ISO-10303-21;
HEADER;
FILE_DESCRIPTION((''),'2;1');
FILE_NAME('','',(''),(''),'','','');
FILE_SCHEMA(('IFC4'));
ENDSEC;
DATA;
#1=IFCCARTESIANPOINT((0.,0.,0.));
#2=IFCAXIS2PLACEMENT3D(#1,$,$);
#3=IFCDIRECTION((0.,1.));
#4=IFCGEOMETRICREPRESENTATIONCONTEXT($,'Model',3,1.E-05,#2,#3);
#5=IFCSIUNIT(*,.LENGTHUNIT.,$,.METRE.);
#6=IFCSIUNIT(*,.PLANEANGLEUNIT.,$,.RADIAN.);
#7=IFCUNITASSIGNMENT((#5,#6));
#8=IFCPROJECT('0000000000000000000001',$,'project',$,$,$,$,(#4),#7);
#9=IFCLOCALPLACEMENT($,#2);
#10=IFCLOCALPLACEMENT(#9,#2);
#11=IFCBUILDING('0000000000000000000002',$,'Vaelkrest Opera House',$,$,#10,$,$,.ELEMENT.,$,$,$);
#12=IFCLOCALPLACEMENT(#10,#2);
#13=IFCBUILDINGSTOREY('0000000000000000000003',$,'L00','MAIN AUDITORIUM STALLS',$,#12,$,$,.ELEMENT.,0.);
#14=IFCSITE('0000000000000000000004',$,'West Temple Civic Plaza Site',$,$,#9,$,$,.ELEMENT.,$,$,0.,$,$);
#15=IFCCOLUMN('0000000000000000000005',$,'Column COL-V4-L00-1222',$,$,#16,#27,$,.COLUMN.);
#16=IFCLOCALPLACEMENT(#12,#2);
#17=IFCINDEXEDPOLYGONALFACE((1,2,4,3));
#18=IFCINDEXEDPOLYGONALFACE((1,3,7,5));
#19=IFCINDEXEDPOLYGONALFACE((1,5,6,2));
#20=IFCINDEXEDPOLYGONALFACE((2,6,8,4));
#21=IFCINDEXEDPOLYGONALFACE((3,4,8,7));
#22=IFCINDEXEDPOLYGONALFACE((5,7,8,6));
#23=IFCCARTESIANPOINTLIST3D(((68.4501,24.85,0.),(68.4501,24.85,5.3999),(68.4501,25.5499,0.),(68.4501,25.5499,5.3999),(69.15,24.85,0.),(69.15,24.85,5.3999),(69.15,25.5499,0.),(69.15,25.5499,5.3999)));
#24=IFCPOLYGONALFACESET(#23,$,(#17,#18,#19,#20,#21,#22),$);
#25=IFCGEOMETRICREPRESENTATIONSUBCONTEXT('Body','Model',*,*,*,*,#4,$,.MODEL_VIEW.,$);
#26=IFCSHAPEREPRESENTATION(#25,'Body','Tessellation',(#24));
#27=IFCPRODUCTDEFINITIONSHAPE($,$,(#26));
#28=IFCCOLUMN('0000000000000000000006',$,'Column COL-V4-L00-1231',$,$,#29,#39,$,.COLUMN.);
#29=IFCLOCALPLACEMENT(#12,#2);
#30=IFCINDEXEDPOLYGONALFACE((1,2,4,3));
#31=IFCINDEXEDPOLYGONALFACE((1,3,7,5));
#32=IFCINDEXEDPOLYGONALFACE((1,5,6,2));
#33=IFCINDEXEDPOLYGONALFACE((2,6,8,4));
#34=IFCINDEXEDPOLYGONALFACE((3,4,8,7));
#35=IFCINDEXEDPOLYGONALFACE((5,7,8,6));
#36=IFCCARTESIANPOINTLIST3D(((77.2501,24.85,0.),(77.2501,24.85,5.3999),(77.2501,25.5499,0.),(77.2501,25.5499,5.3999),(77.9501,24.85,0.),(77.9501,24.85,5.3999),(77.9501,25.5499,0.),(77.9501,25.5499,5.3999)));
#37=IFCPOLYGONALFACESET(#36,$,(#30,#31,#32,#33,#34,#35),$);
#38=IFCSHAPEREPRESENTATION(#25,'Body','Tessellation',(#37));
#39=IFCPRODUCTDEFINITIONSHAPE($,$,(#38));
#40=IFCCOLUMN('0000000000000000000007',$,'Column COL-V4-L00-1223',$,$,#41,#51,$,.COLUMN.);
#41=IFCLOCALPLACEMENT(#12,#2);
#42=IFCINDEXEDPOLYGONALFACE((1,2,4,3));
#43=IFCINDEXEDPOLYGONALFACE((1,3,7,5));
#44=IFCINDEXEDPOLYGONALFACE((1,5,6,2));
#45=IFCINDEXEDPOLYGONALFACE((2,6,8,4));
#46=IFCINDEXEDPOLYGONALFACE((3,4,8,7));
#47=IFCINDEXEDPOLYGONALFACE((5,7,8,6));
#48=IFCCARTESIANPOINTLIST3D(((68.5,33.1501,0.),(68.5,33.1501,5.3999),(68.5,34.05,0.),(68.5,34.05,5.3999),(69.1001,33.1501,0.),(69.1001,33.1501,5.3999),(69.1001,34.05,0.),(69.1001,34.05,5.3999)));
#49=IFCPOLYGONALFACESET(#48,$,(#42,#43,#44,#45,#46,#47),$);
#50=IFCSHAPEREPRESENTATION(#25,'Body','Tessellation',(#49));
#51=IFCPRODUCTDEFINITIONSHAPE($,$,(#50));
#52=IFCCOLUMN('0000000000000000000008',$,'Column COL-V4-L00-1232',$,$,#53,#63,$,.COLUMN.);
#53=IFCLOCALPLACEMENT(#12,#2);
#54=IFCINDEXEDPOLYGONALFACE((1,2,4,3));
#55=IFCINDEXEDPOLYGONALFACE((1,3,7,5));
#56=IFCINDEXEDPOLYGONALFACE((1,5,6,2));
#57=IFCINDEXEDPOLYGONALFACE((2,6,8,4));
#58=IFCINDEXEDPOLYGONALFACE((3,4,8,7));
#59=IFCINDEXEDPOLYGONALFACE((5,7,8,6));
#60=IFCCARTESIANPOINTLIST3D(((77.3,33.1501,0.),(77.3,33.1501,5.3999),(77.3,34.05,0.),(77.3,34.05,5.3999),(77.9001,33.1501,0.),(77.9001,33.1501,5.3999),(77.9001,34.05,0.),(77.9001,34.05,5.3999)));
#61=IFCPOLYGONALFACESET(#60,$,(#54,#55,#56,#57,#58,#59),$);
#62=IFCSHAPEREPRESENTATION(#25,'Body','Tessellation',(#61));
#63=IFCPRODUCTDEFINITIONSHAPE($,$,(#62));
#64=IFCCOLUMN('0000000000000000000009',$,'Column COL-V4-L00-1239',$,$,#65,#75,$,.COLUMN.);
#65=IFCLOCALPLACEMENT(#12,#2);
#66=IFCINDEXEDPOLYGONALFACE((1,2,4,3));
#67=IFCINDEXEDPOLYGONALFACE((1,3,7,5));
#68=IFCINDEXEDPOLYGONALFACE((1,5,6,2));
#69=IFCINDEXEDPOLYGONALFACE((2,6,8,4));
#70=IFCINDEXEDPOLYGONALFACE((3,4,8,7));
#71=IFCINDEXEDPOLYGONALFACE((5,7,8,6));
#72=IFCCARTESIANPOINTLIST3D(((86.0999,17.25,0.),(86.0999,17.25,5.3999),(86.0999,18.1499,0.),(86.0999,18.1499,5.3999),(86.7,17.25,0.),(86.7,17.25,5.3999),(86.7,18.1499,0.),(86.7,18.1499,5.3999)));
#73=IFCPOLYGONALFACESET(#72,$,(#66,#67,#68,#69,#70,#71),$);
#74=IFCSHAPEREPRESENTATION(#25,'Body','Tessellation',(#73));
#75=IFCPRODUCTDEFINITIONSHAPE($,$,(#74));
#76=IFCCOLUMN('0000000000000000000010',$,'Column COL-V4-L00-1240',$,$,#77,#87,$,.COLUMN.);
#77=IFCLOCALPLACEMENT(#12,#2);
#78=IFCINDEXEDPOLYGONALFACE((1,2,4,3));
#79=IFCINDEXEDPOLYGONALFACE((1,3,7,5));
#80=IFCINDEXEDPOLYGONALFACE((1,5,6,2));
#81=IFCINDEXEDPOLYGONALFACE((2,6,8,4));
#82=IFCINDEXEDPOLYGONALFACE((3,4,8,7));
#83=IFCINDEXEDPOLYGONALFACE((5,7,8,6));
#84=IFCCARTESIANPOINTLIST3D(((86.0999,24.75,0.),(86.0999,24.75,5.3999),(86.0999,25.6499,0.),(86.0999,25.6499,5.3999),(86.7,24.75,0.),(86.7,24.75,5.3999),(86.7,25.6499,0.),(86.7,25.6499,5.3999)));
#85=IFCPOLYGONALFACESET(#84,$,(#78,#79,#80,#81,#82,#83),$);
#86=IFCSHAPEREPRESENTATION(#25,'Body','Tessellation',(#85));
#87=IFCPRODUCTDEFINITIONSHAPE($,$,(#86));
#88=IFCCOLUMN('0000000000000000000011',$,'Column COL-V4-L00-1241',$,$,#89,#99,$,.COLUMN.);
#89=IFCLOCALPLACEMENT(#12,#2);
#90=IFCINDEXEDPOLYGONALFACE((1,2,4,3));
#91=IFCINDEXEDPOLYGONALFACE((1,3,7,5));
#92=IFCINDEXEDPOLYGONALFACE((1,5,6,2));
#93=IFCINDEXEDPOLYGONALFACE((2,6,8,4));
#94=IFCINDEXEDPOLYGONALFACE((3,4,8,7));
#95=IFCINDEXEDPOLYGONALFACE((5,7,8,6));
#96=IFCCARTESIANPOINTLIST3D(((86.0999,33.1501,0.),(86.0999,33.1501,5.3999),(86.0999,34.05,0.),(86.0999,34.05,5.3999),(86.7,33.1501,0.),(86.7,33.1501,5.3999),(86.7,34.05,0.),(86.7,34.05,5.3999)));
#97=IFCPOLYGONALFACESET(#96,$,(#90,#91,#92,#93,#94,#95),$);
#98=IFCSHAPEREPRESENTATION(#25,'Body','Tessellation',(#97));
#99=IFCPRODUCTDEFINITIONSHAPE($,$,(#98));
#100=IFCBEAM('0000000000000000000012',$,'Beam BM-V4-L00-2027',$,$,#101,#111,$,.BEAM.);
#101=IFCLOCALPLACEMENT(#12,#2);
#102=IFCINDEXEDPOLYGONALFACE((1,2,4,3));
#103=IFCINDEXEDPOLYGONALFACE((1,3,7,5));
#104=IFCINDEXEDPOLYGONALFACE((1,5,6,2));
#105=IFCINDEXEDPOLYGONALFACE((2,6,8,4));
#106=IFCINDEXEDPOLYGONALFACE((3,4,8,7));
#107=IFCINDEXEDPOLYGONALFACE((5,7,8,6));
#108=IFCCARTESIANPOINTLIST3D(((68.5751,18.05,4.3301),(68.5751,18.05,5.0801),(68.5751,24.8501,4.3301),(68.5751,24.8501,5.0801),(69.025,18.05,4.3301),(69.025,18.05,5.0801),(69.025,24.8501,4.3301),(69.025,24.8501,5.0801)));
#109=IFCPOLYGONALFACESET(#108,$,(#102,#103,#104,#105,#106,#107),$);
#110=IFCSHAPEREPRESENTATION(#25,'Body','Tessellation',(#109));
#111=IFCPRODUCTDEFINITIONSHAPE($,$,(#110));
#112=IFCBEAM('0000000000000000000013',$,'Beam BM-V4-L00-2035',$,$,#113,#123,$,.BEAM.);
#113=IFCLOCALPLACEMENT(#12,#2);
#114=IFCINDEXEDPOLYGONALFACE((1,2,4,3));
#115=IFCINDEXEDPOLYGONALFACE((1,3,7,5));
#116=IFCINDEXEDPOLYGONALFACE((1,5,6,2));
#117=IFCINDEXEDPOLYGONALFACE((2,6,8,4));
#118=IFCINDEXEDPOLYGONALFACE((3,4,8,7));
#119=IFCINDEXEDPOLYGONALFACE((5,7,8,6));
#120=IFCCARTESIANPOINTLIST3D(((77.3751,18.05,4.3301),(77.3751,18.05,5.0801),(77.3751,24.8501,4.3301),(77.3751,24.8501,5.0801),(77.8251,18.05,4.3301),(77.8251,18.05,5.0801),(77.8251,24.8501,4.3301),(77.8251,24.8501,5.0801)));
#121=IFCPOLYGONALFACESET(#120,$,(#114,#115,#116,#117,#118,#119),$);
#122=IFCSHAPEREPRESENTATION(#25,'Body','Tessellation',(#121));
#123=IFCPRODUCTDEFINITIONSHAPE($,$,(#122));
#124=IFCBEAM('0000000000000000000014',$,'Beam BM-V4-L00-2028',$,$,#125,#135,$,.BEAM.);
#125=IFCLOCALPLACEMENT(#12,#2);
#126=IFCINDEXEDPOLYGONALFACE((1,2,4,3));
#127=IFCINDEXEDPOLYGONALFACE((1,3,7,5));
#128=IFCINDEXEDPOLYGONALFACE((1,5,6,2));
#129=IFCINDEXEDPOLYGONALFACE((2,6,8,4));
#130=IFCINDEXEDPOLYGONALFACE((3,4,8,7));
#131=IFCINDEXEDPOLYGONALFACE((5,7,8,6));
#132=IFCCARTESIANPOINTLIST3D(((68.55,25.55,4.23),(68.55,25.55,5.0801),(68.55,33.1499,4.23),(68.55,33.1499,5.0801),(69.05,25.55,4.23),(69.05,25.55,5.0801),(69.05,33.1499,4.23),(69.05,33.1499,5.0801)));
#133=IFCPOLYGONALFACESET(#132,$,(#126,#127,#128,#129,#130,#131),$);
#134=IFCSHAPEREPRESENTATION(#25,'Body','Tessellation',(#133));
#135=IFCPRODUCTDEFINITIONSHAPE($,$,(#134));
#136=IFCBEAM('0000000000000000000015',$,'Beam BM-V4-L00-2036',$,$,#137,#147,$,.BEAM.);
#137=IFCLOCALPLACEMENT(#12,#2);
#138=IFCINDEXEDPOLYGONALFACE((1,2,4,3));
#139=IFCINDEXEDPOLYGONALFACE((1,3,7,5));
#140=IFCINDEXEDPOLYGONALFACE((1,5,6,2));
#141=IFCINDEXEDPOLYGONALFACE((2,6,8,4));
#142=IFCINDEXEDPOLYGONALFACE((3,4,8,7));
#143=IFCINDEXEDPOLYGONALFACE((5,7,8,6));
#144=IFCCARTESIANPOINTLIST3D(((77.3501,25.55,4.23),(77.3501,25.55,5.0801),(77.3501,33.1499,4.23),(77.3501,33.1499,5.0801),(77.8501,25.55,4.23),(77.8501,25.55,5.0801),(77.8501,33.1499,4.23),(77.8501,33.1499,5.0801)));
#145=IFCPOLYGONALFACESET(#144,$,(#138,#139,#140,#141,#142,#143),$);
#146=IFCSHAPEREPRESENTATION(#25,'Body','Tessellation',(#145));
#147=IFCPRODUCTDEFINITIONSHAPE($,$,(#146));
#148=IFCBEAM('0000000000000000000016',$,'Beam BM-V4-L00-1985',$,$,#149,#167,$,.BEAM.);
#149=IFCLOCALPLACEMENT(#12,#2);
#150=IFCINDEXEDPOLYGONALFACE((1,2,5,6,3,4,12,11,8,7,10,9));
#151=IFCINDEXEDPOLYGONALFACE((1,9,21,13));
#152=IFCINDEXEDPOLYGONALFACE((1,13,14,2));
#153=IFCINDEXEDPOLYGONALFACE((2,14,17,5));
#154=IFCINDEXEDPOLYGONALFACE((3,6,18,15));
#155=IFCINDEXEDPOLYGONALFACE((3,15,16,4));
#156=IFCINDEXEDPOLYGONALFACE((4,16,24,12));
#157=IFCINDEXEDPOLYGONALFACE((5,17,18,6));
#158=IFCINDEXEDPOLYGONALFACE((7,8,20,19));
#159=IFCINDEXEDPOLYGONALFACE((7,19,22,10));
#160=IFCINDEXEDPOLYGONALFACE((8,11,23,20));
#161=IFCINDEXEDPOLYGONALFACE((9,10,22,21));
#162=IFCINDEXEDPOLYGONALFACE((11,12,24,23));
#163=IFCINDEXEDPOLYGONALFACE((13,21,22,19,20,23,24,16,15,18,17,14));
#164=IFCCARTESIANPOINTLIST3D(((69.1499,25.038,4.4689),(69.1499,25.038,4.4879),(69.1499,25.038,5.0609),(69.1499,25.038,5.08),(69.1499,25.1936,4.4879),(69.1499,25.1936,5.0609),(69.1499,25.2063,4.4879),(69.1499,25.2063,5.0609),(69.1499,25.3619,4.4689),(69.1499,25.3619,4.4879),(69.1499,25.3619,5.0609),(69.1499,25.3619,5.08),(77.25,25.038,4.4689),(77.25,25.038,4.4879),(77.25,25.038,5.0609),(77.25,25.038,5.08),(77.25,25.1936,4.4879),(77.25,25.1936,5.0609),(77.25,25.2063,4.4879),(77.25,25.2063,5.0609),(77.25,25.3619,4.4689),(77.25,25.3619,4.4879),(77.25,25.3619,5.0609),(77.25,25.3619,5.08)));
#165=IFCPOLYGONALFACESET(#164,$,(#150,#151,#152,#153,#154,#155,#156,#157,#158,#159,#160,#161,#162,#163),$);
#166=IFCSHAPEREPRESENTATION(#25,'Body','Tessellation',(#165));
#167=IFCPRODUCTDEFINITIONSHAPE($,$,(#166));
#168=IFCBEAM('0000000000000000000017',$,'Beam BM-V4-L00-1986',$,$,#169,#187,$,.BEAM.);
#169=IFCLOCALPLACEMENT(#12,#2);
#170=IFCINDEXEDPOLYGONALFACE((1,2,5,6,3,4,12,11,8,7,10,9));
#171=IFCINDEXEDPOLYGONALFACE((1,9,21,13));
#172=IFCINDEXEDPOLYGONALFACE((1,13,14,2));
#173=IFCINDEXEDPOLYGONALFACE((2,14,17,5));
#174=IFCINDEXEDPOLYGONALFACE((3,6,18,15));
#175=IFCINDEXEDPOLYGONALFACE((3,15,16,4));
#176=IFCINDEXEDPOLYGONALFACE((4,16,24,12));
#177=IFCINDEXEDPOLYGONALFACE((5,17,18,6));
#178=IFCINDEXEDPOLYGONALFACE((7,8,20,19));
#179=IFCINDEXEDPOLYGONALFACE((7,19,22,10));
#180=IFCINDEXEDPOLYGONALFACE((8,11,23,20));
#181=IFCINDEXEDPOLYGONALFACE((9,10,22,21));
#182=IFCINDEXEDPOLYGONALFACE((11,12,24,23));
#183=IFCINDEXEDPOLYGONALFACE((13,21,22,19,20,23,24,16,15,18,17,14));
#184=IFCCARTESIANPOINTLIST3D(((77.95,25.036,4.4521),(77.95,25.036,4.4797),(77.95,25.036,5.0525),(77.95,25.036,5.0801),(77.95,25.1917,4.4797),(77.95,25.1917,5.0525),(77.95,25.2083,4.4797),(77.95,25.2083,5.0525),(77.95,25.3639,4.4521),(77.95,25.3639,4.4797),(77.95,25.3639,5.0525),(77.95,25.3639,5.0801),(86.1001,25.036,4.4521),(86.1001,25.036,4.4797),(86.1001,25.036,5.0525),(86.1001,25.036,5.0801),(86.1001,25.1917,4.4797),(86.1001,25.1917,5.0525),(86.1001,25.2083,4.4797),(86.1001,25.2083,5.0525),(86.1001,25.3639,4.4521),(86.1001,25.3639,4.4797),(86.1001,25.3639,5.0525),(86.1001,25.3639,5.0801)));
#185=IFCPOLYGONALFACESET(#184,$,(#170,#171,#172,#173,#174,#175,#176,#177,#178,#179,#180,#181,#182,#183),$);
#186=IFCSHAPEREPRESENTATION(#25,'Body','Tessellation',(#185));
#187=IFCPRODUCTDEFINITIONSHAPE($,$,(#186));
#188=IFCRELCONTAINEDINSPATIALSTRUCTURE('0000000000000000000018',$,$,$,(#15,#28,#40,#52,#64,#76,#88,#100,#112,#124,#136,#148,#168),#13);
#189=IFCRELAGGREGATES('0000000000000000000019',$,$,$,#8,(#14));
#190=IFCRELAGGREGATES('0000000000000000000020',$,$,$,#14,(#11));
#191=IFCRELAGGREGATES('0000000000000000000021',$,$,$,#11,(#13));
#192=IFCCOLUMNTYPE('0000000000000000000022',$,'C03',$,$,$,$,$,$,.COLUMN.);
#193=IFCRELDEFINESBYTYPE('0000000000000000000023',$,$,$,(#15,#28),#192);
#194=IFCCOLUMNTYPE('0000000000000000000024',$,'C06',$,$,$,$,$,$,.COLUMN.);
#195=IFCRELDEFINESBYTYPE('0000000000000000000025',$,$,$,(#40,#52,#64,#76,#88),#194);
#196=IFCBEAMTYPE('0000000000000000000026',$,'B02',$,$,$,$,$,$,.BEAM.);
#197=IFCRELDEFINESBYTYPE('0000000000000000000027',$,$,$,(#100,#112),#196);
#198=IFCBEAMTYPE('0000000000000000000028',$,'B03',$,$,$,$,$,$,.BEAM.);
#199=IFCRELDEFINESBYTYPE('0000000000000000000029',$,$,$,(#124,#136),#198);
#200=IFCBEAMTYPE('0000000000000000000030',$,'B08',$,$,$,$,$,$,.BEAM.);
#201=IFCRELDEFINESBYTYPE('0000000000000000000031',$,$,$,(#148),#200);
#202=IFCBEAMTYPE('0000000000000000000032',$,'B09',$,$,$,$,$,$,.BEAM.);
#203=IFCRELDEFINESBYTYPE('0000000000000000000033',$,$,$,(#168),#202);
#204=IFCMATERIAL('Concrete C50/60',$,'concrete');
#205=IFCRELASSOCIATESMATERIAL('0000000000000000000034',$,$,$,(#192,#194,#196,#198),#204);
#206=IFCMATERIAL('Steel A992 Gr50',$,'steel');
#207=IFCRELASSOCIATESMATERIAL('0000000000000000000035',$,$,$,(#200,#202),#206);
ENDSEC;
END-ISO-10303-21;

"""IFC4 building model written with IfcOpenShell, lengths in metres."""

from ifc_helpers import new_model, si_unit, direction, frame, origin, origin_2d, place, context, subcontext, project, spatial, rectangle, i_section, extrude, material, material_profile, profile_set, type_object, element, save


model = new_model("IFC4")

# Units and contexts
model_context = context("Model", 3, precision=1e-05, world=origin(), true_north=direction((0.0, 1.0)))
body_context = subcontext(model_context, "Body", "Model", "MODEL_VIEW")
ifc_project = project(units=[si_unit("LENGTHUNIT", "METRE"), si_unit("PLANEANGLEUNIT", "RADIAN")], contexts=[model_context])

# Site, building, storey
site_placement = place(None, origin())
site = spatial("IfcSite", under=ifc_project, at=site_placement, Name="West Temple Civic Plaza Site", CompositionType="ELEMENT", RefElevation=0.0)
building_placement = place(site_placement, origin())
building = spatial("IfcBuilding", under=site, at=building_placement, Name="Vaelkrest Opera House", CompositionType="ELEMENT")
storey_placement = place(building_placement, origin())
storey = spatial("IfcBuildingStorey", under=building, at=storey_placement, Name="L00", Description="MAIN AUDITORIUM STALLS", CompositionType="ELEMENT", Elevation=0.0)

# Columns
ifc_material_1 = material(Name="Concrete C50/60", Category="concrete")
ifc_material_profile_1 = material_profile(ifc_material_1, rectangle(XDim=0.7, YDim=0.7, at=origin_2d()), Name="RC700X700")
ifc_profile_set_1 = profile_set([ifc_material_profile_1], Name="Concrete C50/60")
column_type_1 = type_object("IfcColumnType", Name="C03", PredefinedType="COLUMN", material=ifc_profile_set_1)
for number, where, z_axis, x_axis, name in (
    (1, (68.8, 25.2, 0.0), (0.0, 0.0, 1.0), (1.0, 0.0, 0.0), "Column COL-V4-L00-1222"),
    (2, (77.6001, 25.2, 0.0), (0.0, 0.0, 1.0), (1.0, 0.0, 0.0), "Column COL-V4-L00-1231"),
):
    element("IfcColumn", number, at=place(storey_placement, frame(where, z_axis=z_axis, x_axis=x_axis)), inside=storey, type_object=column_type_1, Name=name, PredefinedType="COLUMN", context=body_context, shape_type="SweptSolid", body=[
        extrude(rectangle(XDim=0.7, YDim=0.7, at=origin_2d()), origin(), (0.0, 0.0, 1.0), 5.3999),
    ])
ifc_material_profile_2 = material_profile(ifc_material_1, rectangle(XDim=0.6001, YDim=0.8999, at=origin_2d()), Name="RC600X900")
ifc_profile_set_2 = profile_set([ifc_material_profile_2], Name="Concrete C50/60")
column_type_2 = type_object("IfcColumnType", Name="C06", PredefinedType="COLUMN", material=ifc_profile_set_2)
for number, where, z_axis, x_axis, name in (
    (3, (68.8, 33.6001, 0.0), (0.0, 0.0, 1.0), (1.0, 0.0, 0.0), "Column COL-V4-L00-1223"),
    (4, (77.6001, 33.6001, 0.0), (0.0, 0.0, 1.0), (1.0, 0.0, 0.0), "Column COL-V4-L00-1232"),
    (5, (86.3999, 17.7, 0.0), (0.0, 0.0, 1.0), (1.0, 0.0, 0.0), "Column COL-V4-L00-1239"),
    (6, (86.3999, 25.2, 0.0), (0.0, 0.0, 1.0), (1.0, 0.0, 0.0), "Column COL-V4-L00-1240"),
    (7, (86.3999, 33.6001, 0.0), (0.0, 0.0, 1.0), (1.0, 0.0, 0.0), "Column COL-V4-L00-1241"),
):
    element("IfcColumn", number, at=place(storey_placement, frame(where, z_axis=z_axis, x_axis=x_axis)), inside=storey, type_object=column_type_2, Name=name, PredefinedType="COLUMN", context=body_context, shape_type="SweptSolid", body=[
        extrude(rectangle(XDim=0.6001, YDim=0.8999, at=origin_2d()), origin(), (0.0, 0.0, 1.0), 5.3999),
    ])

# Beams
ifc_material_profile_3 = material_profile(ifc_material_1, rectangle(XDim=0.45, YDim=0.75, at=origin_2d()), Name="RCB450X750")
ifc_profile_set_3 = profile_set([ifc_material_profile_3], Name="Concrete C50/60")
beam_type_1 = type_object("IfcBeamType", Name="B02", PredefinedType="BEAM", material=ifc_profile_set_3)
for number, where, z_axis, x_axis, name in (
    (8, (68.8, 18.05, 4.7051), (0.0, 1.0, 0.0), (-1.0, 0.0, 0.0), "Beam BM-V4-L00-2027"),
    (9, (77.6001, 18.05, 4.7051), (0.0, 1.0, 0.0), (-1.0, 0.0, 0.0), "Beam BM-V4-L00-2035"),
):
    element("IfcBeam", number, at=place(storey_placement, frame(where, z_axis=z_axis, x_axis=x_axis)), inside=storey, type_object=beam_type_1, Name=name, PredefinedType="BEAM", context=body_context, shape_type="SweptSolid", body=[
        extrude(rectangle(XDim=0.45, YDim=0.75, at=origin_2d()), origin(), (0.0, 0.0, 1.0), 6.8),
    ])
ifc_material_profile_4 = material_profile(ifc_material_1, rectangle(XDim=0.5, YDim=0.8501, at=origin_2d()), Name="RCB500X850")
ifc_profile_set_4 = profile_set([ifc_material_profile_4], Name="Concrete C50/60")
beam_type_2 = type_object("IfcBeamType", Name="B03", PredefinedType="BEAM", material=ifc_profile_set_4)
for number, where, z_axis, x_axis, name in (
    (10, (68.8, 25.55, 4.655), (0.0, 1.0, 0.0), (-1.0, 0.0, 0.0), "Beam BM-V4-L00-2028"),
    (11, (77.6001, 25.55, 4.655), (0.0, 1.0, 0.0), (-1.0, 0.0, 0.0), "Beam BM-V4-L00-2036"),
):
    element("IfcBeam", number, at=place(storey_placement, frame(where, z_axis=z_axis, x_axis=x_axis)), inside=storey, type_object=beam_type_2, Name=name, PredefinedType="BEAM", context=body_context, shape_type="SweptSolid", body=[
        extrude(rectangle(XDim=0.5, YDim=0.8501, at=origin_2d()), origin(), (0.0, 0.0, 1.0), 7.5999),
    ])
ifc_material_2 = material(Name="Steel A992 Gr50", Category="steel")
ifc_material_profile_5 = material_profile(ifc_material_2, i_section(OverallWidth=0.324, OverallDepth=0.6111, WebThickness=0.0127, FlangeThickness=0.019, at=origin_2d()), Name="W24X104")
ifc_profile_set_5 = profile_set([ifc_material_profile_5], Name="Steel A992 Gr50")
beam_type_3 = type_object("IfcBeamType", Name="B08", PredefinedType="BEAM", material=ifc_profile_set_5)
beam_1_placement = place(storey_placement, frame((69.1499, 25.2, 4.7744), z_axis=(1.0, 0.0, 0.0), x_axis=(0.0, 1.0, 0.0)))
element("IfcBeam", 12, at=beam_1_placement, inside=storey, type_object=beam_type_3, Name="Beam BM-V4-L00-1985", PredefinedType="BEAM", context=body_context, shape_type="SweptSolid", body=[
    extrude(i_section(OverallWidth=0.324, OverallDepth=0.6111, WebThickness=0.0127, FlangeThickness=0.019, at=origin_2d()), origin(), (0.0, 0.0, 1.0), 8.1001),
])
ifc_material_profile_6 = material_profile(ifc_material_2, i_section(OverallWidth=0.3279, OverallDepth=0.6279, WebThickness=0.0166, FlangeThickness=0.0276, at=origin_2d()), Name="W24X146")
ifc_profile_set_6 = profile_set([ifc_material_profile_6], Name="Steel A992 Gr50")
beam_type_4 = type_object("IfcBeamType", Name="B09", PredefinedType="BEAM", material=ifc_profile_set_6)
beam_2_placement = place(storey_placement, frame((77.95, 25.2, 4.7661), z_axis=(1.0, 0.0, 0.0), x_axis=(0.0, 1.0, 0.0)))
element("IfcBeam", 13, at=beam_2_placement, inside=storey, type_object=beam_type_4, Name="Beam BM-V4-L00-1986", PredefinedType="BEAM", context=body_context, shape_type="SweptSolid", body=[
    extrude(i_section(OverallWidth=0.3279, OverallDepth=0.6279, WebThickness=0.0166, FlangeThickness=0.0276, at=origin_2d()), origin(), (0.0, 0.0, 1.0), 8.1501),
])

save(model, "model.ifc")
